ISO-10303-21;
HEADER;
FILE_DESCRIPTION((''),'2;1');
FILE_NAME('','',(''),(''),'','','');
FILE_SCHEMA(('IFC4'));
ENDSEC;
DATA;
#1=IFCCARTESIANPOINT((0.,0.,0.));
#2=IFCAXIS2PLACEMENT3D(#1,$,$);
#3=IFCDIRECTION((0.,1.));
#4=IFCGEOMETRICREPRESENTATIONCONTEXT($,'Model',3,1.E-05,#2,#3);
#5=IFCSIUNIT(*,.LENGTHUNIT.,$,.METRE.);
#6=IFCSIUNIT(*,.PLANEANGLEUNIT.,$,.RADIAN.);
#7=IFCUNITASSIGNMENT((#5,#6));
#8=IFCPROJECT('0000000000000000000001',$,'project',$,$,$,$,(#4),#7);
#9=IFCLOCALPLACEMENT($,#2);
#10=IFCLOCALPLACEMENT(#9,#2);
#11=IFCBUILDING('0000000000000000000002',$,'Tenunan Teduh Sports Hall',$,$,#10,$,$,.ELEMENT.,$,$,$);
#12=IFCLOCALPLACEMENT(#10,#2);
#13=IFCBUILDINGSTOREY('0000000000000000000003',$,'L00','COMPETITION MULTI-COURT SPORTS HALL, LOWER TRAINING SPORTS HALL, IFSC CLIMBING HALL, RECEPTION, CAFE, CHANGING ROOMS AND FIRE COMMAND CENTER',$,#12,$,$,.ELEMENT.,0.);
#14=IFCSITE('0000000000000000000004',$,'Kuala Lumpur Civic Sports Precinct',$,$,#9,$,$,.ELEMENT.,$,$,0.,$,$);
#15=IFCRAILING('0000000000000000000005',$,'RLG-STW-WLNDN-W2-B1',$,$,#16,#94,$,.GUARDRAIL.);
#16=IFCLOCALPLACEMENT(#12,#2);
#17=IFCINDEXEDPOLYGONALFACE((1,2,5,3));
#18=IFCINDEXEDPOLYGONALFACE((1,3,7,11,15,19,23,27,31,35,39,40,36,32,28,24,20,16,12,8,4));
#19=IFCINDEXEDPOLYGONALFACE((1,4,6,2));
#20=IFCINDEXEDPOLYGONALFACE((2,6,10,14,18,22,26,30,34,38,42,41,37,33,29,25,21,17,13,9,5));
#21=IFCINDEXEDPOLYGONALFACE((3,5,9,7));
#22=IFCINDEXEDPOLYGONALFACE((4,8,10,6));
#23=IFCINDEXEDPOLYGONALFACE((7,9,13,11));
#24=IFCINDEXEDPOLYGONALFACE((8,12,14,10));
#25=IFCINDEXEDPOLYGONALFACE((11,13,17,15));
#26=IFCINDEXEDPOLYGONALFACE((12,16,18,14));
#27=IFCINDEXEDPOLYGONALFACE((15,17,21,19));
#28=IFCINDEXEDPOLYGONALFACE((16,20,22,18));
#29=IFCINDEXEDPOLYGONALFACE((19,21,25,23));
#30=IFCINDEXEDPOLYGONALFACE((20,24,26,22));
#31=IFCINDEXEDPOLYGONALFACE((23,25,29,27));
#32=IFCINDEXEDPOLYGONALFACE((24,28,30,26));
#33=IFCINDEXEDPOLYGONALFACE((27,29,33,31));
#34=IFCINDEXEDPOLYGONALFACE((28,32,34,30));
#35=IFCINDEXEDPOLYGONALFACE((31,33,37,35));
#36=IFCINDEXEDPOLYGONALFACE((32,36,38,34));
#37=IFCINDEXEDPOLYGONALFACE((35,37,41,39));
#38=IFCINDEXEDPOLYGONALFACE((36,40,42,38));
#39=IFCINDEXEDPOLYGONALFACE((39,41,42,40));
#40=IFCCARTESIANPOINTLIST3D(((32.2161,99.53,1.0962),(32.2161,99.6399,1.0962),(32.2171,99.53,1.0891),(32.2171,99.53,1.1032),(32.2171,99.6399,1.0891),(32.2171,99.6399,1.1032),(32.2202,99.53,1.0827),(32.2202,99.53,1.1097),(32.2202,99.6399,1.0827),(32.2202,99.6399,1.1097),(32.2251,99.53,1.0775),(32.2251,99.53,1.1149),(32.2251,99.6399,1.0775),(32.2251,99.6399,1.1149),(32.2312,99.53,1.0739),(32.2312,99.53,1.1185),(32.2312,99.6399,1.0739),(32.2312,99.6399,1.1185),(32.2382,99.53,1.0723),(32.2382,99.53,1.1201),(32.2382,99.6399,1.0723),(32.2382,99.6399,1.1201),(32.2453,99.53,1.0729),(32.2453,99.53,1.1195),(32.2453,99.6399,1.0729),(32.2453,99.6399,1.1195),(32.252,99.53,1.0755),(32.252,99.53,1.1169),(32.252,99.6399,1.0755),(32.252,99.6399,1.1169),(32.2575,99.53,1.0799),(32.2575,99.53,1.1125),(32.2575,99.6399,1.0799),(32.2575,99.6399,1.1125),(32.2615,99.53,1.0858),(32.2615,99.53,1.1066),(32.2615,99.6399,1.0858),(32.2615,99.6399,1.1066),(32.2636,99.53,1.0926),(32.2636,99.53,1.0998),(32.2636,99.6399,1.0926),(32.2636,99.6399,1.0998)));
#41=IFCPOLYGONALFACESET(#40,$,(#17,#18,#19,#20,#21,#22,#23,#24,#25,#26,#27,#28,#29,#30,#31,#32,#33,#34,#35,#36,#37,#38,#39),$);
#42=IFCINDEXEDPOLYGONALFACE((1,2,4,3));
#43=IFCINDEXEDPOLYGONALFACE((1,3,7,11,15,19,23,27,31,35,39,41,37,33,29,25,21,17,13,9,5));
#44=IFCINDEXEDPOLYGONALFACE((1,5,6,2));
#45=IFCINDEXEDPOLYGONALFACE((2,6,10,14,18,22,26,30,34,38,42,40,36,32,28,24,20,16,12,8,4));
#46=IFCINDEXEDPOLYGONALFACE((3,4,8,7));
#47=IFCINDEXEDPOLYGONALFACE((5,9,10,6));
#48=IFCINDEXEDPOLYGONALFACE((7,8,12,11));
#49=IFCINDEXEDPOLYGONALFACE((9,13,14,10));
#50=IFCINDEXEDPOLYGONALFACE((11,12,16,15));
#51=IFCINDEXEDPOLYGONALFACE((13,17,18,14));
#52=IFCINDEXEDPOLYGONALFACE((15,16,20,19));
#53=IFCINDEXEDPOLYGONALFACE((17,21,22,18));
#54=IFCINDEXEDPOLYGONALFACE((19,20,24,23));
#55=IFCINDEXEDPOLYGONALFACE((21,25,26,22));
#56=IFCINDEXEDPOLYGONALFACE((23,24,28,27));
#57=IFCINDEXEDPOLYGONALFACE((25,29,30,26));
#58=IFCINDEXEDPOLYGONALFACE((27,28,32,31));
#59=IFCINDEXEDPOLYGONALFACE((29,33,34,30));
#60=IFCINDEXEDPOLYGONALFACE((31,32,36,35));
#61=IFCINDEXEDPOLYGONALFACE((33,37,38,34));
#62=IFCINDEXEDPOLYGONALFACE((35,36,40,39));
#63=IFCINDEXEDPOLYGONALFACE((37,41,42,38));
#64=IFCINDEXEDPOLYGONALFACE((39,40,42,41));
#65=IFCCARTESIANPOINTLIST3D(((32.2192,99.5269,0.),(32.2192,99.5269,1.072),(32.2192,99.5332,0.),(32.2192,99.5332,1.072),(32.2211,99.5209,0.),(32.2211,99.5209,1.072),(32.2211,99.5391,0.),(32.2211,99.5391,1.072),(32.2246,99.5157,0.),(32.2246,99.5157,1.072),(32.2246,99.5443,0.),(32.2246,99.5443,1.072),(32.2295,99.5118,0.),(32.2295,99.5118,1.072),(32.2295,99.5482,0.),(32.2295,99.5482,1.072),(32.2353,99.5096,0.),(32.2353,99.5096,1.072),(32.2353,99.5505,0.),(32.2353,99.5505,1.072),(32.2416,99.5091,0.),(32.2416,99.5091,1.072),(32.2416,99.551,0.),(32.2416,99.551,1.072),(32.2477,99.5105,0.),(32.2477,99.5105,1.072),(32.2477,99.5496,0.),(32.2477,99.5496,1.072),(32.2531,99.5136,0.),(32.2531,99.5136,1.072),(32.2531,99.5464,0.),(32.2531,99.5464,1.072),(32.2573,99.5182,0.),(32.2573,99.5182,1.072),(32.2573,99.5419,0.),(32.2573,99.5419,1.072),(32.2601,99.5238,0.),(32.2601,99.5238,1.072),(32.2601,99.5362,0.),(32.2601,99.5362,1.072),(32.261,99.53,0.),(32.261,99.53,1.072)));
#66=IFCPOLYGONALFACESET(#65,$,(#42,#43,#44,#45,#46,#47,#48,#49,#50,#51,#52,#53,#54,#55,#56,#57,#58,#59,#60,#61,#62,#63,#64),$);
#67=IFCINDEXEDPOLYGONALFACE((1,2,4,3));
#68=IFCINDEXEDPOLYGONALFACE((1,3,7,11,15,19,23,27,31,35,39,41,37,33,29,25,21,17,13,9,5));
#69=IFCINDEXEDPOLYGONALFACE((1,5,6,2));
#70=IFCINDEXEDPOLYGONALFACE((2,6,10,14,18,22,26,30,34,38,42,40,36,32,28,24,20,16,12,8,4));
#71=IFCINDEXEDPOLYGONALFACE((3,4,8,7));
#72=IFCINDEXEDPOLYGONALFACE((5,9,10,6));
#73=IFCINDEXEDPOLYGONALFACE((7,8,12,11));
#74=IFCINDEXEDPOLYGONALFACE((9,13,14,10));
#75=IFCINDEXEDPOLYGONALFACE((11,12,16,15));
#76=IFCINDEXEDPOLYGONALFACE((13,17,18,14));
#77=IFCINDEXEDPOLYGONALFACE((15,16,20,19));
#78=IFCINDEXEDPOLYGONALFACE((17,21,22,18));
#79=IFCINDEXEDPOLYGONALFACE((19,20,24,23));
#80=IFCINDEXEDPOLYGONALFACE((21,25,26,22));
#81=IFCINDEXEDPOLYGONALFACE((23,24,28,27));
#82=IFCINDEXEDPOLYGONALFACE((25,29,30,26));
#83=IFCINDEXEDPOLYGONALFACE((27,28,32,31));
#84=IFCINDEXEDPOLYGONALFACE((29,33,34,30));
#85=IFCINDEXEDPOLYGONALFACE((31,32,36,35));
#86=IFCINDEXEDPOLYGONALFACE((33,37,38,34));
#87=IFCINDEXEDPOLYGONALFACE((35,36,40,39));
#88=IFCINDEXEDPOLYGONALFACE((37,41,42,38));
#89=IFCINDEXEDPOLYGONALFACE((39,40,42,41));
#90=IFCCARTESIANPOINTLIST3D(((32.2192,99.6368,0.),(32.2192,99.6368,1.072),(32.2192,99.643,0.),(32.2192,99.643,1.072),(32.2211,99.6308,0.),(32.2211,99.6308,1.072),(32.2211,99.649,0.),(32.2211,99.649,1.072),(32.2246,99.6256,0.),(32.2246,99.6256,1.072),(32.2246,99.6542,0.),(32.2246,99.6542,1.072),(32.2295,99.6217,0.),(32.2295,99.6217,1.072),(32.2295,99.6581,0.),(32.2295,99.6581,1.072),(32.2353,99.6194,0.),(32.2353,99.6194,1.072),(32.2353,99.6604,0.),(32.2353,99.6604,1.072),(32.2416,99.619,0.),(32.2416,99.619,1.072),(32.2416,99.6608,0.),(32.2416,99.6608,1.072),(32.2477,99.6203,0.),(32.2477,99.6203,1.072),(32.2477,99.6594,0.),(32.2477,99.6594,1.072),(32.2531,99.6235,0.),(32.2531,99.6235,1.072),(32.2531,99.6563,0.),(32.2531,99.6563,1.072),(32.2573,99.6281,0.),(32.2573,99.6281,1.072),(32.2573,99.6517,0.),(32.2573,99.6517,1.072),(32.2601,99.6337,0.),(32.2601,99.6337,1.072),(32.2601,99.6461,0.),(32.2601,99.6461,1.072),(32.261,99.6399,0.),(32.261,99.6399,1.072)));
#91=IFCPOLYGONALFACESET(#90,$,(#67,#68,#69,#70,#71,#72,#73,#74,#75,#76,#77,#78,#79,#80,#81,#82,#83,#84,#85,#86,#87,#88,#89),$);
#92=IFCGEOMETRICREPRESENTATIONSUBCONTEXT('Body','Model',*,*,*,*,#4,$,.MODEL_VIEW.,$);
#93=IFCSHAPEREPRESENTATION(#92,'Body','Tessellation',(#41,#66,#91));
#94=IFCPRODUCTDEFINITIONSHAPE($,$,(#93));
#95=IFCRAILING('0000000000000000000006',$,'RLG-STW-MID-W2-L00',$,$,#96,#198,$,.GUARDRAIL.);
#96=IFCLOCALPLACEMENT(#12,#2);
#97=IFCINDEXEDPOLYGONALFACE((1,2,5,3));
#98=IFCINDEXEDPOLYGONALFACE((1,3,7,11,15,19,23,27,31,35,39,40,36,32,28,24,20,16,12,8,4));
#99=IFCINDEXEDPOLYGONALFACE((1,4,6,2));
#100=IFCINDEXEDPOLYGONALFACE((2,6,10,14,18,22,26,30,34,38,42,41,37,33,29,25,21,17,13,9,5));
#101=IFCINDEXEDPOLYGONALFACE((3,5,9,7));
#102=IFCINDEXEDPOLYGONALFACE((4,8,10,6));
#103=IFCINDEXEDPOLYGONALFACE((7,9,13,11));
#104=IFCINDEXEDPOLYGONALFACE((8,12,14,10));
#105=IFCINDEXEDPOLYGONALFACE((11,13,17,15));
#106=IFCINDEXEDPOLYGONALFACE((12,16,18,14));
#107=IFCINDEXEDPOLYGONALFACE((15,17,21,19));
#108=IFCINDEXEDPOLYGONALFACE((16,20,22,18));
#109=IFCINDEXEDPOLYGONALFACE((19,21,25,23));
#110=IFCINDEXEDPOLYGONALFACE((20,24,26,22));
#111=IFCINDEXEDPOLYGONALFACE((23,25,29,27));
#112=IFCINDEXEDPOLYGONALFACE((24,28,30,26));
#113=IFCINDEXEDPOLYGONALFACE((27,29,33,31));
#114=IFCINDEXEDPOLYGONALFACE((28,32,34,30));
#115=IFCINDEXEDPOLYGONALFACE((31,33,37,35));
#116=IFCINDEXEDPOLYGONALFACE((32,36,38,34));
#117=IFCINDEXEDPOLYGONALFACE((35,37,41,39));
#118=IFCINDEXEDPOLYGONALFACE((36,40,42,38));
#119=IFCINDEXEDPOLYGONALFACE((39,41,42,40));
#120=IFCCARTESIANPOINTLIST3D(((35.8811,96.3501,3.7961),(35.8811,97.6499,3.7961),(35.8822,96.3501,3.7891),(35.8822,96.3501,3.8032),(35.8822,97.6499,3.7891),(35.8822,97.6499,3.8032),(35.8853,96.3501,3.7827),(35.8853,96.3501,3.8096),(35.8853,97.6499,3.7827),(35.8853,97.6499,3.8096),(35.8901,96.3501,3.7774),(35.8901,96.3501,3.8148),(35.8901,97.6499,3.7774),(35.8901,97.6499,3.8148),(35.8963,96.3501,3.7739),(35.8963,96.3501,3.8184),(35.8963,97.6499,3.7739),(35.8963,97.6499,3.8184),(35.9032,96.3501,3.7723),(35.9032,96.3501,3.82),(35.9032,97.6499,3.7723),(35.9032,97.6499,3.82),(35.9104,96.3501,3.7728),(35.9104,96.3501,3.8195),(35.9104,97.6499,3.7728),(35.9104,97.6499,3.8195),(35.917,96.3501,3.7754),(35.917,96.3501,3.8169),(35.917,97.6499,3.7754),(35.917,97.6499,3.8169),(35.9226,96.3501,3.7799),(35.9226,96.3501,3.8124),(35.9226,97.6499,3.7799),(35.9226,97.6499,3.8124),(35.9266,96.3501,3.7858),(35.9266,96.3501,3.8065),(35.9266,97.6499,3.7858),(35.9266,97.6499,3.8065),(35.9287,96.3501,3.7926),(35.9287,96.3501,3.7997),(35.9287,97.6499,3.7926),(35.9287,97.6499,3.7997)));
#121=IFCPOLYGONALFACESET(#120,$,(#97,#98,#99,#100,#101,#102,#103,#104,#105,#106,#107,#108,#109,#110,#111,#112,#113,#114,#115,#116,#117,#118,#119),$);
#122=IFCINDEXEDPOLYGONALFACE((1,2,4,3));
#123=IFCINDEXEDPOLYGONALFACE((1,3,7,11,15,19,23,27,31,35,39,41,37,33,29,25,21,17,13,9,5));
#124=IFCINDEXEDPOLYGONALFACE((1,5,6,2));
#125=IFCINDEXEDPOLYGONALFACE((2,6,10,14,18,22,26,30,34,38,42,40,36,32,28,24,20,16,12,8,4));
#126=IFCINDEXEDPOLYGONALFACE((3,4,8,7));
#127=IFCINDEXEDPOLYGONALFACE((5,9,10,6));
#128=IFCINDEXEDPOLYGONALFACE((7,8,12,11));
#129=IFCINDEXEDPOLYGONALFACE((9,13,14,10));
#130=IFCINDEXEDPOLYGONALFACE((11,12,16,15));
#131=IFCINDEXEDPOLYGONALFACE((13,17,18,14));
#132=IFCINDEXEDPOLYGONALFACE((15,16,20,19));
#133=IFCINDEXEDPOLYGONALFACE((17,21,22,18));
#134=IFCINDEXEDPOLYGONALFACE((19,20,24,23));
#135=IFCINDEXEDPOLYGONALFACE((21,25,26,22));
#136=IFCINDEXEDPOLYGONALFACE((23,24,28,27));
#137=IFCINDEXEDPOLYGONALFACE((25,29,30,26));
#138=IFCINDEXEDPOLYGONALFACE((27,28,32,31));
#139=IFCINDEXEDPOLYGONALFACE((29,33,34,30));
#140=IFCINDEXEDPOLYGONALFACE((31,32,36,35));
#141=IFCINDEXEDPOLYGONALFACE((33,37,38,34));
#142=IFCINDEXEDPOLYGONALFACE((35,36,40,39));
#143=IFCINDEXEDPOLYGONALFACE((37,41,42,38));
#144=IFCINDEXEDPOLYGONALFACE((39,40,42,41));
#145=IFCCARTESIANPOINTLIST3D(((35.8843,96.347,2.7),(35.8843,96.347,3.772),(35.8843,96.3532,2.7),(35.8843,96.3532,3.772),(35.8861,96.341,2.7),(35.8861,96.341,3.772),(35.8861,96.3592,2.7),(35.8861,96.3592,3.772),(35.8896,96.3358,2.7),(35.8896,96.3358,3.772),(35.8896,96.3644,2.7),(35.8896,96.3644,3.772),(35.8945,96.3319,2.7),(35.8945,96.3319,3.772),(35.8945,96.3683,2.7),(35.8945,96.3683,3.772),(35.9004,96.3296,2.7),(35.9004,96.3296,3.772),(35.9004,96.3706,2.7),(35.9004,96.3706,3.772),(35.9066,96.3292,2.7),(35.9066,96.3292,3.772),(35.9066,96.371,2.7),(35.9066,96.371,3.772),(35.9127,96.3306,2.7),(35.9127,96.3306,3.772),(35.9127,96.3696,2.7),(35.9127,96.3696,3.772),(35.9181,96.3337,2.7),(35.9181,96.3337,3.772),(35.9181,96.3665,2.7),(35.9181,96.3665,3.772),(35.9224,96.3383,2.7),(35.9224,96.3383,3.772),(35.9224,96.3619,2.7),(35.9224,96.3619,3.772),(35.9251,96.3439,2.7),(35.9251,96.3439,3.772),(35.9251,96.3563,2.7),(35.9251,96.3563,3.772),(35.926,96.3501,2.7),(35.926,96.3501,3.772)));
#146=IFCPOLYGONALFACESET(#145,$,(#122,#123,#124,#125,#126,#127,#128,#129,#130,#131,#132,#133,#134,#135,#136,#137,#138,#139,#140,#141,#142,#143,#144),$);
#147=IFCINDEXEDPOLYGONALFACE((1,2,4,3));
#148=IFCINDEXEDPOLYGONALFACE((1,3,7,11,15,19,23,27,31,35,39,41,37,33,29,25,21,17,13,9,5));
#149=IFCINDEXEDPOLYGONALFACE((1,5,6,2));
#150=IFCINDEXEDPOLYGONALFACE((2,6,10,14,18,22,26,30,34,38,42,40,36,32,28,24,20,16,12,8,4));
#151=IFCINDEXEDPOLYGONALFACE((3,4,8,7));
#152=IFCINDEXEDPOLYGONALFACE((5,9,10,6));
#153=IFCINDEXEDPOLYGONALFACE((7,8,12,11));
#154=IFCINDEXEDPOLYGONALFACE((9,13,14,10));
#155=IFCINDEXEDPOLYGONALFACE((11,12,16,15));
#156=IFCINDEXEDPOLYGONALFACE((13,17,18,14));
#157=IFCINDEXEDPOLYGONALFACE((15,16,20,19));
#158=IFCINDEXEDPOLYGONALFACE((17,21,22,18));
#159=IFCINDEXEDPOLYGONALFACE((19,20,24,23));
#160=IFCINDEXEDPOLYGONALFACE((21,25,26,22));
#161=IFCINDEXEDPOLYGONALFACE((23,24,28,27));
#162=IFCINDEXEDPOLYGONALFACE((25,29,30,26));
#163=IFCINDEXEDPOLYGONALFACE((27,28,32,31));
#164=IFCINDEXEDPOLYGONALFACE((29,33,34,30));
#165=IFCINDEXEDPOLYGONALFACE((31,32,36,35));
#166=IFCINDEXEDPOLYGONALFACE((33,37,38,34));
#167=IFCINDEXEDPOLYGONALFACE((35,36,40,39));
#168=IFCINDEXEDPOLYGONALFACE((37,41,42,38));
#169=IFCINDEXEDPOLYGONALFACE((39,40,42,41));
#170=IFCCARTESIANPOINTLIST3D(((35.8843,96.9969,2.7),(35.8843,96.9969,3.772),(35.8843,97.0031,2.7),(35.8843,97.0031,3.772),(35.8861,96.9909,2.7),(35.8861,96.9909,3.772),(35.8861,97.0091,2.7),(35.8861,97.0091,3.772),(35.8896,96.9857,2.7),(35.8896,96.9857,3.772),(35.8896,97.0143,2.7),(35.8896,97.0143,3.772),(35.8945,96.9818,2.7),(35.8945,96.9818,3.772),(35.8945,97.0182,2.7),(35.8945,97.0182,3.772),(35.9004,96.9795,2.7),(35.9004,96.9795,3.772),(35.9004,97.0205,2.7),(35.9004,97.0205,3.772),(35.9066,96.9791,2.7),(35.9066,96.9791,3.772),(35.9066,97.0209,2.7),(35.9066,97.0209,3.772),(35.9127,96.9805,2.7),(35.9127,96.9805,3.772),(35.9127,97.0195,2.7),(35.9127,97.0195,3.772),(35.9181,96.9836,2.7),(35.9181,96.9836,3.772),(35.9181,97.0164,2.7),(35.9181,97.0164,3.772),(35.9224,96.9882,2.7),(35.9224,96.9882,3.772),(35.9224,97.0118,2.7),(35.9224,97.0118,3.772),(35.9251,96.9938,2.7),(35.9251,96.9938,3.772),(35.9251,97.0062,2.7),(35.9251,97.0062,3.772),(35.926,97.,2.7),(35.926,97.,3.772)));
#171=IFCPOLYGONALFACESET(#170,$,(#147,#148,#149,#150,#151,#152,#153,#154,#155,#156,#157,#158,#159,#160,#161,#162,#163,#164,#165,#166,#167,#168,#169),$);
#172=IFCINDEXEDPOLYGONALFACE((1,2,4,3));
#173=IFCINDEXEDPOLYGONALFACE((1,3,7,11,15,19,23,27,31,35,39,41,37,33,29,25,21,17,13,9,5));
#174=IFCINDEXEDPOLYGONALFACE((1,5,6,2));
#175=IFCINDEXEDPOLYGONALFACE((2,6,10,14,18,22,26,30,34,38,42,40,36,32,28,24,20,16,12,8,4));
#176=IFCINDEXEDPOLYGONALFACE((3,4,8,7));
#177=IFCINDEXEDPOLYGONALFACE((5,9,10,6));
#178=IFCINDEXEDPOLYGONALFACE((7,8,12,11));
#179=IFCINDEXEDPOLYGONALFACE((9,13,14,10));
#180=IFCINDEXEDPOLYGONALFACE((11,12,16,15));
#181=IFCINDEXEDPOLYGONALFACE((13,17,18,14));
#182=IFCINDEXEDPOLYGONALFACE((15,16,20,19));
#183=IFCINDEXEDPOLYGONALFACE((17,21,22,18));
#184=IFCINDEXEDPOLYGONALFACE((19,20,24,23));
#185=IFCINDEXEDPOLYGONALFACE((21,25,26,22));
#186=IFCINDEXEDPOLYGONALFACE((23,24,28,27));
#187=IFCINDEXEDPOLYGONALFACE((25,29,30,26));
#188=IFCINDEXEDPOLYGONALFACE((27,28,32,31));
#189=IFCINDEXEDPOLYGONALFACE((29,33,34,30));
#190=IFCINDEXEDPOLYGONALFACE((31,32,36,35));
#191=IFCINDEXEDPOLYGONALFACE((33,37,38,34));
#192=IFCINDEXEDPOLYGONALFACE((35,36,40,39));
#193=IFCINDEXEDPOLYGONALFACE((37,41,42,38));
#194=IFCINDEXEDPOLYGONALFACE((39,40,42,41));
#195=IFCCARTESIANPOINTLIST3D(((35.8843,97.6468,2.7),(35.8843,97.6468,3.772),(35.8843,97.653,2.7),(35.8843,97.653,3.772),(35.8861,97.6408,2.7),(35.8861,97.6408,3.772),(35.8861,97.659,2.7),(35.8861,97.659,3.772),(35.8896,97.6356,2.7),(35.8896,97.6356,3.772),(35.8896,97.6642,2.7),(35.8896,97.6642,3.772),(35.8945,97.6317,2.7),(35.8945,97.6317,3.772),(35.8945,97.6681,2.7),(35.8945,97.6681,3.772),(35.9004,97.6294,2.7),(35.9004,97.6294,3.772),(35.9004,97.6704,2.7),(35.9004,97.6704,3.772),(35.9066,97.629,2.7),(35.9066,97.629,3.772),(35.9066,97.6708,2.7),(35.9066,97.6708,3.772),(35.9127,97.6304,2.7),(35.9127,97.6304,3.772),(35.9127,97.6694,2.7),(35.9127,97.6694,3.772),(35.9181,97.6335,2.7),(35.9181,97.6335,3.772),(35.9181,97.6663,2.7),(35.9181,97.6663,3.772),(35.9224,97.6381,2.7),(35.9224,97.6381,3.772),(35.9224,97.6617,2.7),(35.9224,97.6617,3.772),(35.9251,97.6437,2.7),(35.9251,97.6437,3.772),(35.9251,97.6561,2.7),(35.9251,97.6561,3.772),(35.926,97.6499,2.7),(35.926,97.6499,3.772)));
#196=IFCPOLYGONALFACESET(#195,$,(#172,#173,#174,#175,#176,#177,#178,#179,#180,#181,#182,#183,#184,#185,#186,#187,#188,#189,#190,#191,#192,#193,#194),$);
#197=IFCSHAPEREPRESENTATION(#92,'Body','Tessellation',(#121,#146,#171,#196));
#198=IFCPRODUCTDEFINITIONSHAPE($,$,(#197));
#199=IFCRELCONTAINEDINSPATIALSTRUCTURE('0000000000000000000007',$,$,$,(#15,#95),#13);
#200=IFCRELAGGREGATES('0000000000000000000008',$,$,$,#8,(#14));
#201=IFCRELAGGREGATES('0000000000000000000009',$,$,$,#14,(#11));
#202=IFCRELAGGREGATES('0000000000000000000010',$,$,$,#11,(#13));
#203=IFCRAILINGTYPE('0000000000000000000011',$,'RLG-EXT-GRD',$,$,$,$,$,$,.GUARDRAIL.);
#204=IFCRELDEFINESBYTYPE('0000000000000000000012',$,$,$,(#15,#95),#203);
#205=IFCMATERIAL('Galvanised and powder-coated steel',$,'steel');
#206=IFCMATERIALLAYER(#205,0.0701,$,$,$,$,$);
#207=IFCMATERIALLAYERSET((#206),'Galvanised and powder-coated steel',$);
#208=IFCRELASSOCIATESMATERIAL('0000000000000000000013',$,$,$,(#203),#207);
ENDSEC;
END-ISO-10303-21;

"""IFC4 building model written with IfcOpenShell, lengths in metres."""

from ifc_helpers import new_model, si_unit, direction, frame, origin, origin_2d, place, context, subcontext, project, spatial, circle, extrude, material, layer, layer_set, type_object, element, save


model = new_model("IFC4")

# Units and contexts
model_context = context("Model", 3, precision=1e-05, world=origin(), true_north=direction((0.0, 1.0)))
body_context = subcontext(model_context, "Body", "Model", "MODEL_VIEW")
ifc_project = project(units=[si_unit("LENGTHUNIT", "METRE"), si_unit("PLANEANGLEUNIT", "RADIAN")], contexts=[model_context])

# Site, building, storey
site_placement = place(None, origin())
site = spatial("IfcSite", under=ifc_project, at=site_placement, Name="Kuala Lumpur Civic Sports Precinct", CompositionType="ELEMENT", RefElevation=0.0)
building_placement = place(site_placement, origin())
building = spatial("IfcBuilding", under=site, at=building_placement, Name="Tenunan Teduh Sports Hall", CompositionType="ELEMENT")
storey_placement = place(building_placement, origin())
storey = spatial("IfcBuildingStorey", under=building, at=storey_placement, Name="L00", Description="COMPETITION MULTI-COURT SPORTS HALL, LOWER TRAINING SPORTS HALL, IFSC CLIMBING HALL, RECEPTION, CAFE, CHANGING ROOMS AND FIRE COMMAND CENTER", CompositionType="ELEMENT", Elevation=0.0)

# Railings
ifc_material_1 = material(Name="Galvanised and powder-coated steel", Category="steel")
ifc_layer_1 = layer(ifc_material_1, 0.0701)
ifc_layer_set_1 = layer_set([ifc_layer_1], Name="Galvanised and powder-coated steel")
railing_type_1 = type_object("IfcRailingType", Name="RLG-EXT-GRD", PredefinedType="GUARDRAIL", material=ifc_layer_set_1)
for number, where, name in (
    (1, (32.24, 99.53, 0.0), "RLG-STW-WLNDN-W2-B1"),
):
    element("IfcRailing", number, at=place(storey_placement, frame(where)), inside=storey, type_object=railing_type_1, Name=name, PredefinedType="GUARDRAIL", context=body_context, shape_type="SweptSolid", body=[
        extrude(circle(Radius=0.0239, at=origin_2d()), frame((0.0, 0.0, 1.0962), z_axis=(0.0, 1.0, 0.0), x_axis=(-1.0, 0.0, 0.0)), (0.0, 0.0, 1.0), 0.1099),
        extrude(circle(Radius=0.021, at=origin_2d()), origin(), (0.0, 0.0, 1.0), 1.072),
        extrude(circle(Radius=0.021, at=origin_2d()), frame((0.0, 0.1099, 0.0)), (0.0, 0.0, 1.0), 1.072),
    ])
railing_1_placement = place(storey_placement, frame((35.905, 96.3501, 2.7)))
element("IfcRailing", 2, at=railing_1_placement, inside=storey, type_object=railing_type_1, Name="RLG-STW-MID-W2-L00", PredefinedType="GUARDRAIL", context=body_context, shape_type="SweptSolid", body=[
    extrude(circle(Radius=0.0239, at=origin_2d()), frame((0.0, 0.0, 1.0962), z_axis=(0.0, 1.0, 0.0), x_axis=(-1.0, 0.0, 0.0)), (0.0, 0.0, 1.0), 1.2998),
    extrude(circle(Radius=0.021, at=origin_2d()), origin(), (0.0, 0.0, 1.0), 1.072),
    extrude(circle(Radius=0.021, at=origin_2d()), frame((0.0, 0.6499, 0.0)), (0.0, 0.0, 1.0), 1.072),
    extrude(circle(Radius=0.021, at=origin_2d()), frame((0.0, 1.2998, 0.0)), (0.0, 0.0, 1.0), 1.072),
])

save(model, "model.ifc")
